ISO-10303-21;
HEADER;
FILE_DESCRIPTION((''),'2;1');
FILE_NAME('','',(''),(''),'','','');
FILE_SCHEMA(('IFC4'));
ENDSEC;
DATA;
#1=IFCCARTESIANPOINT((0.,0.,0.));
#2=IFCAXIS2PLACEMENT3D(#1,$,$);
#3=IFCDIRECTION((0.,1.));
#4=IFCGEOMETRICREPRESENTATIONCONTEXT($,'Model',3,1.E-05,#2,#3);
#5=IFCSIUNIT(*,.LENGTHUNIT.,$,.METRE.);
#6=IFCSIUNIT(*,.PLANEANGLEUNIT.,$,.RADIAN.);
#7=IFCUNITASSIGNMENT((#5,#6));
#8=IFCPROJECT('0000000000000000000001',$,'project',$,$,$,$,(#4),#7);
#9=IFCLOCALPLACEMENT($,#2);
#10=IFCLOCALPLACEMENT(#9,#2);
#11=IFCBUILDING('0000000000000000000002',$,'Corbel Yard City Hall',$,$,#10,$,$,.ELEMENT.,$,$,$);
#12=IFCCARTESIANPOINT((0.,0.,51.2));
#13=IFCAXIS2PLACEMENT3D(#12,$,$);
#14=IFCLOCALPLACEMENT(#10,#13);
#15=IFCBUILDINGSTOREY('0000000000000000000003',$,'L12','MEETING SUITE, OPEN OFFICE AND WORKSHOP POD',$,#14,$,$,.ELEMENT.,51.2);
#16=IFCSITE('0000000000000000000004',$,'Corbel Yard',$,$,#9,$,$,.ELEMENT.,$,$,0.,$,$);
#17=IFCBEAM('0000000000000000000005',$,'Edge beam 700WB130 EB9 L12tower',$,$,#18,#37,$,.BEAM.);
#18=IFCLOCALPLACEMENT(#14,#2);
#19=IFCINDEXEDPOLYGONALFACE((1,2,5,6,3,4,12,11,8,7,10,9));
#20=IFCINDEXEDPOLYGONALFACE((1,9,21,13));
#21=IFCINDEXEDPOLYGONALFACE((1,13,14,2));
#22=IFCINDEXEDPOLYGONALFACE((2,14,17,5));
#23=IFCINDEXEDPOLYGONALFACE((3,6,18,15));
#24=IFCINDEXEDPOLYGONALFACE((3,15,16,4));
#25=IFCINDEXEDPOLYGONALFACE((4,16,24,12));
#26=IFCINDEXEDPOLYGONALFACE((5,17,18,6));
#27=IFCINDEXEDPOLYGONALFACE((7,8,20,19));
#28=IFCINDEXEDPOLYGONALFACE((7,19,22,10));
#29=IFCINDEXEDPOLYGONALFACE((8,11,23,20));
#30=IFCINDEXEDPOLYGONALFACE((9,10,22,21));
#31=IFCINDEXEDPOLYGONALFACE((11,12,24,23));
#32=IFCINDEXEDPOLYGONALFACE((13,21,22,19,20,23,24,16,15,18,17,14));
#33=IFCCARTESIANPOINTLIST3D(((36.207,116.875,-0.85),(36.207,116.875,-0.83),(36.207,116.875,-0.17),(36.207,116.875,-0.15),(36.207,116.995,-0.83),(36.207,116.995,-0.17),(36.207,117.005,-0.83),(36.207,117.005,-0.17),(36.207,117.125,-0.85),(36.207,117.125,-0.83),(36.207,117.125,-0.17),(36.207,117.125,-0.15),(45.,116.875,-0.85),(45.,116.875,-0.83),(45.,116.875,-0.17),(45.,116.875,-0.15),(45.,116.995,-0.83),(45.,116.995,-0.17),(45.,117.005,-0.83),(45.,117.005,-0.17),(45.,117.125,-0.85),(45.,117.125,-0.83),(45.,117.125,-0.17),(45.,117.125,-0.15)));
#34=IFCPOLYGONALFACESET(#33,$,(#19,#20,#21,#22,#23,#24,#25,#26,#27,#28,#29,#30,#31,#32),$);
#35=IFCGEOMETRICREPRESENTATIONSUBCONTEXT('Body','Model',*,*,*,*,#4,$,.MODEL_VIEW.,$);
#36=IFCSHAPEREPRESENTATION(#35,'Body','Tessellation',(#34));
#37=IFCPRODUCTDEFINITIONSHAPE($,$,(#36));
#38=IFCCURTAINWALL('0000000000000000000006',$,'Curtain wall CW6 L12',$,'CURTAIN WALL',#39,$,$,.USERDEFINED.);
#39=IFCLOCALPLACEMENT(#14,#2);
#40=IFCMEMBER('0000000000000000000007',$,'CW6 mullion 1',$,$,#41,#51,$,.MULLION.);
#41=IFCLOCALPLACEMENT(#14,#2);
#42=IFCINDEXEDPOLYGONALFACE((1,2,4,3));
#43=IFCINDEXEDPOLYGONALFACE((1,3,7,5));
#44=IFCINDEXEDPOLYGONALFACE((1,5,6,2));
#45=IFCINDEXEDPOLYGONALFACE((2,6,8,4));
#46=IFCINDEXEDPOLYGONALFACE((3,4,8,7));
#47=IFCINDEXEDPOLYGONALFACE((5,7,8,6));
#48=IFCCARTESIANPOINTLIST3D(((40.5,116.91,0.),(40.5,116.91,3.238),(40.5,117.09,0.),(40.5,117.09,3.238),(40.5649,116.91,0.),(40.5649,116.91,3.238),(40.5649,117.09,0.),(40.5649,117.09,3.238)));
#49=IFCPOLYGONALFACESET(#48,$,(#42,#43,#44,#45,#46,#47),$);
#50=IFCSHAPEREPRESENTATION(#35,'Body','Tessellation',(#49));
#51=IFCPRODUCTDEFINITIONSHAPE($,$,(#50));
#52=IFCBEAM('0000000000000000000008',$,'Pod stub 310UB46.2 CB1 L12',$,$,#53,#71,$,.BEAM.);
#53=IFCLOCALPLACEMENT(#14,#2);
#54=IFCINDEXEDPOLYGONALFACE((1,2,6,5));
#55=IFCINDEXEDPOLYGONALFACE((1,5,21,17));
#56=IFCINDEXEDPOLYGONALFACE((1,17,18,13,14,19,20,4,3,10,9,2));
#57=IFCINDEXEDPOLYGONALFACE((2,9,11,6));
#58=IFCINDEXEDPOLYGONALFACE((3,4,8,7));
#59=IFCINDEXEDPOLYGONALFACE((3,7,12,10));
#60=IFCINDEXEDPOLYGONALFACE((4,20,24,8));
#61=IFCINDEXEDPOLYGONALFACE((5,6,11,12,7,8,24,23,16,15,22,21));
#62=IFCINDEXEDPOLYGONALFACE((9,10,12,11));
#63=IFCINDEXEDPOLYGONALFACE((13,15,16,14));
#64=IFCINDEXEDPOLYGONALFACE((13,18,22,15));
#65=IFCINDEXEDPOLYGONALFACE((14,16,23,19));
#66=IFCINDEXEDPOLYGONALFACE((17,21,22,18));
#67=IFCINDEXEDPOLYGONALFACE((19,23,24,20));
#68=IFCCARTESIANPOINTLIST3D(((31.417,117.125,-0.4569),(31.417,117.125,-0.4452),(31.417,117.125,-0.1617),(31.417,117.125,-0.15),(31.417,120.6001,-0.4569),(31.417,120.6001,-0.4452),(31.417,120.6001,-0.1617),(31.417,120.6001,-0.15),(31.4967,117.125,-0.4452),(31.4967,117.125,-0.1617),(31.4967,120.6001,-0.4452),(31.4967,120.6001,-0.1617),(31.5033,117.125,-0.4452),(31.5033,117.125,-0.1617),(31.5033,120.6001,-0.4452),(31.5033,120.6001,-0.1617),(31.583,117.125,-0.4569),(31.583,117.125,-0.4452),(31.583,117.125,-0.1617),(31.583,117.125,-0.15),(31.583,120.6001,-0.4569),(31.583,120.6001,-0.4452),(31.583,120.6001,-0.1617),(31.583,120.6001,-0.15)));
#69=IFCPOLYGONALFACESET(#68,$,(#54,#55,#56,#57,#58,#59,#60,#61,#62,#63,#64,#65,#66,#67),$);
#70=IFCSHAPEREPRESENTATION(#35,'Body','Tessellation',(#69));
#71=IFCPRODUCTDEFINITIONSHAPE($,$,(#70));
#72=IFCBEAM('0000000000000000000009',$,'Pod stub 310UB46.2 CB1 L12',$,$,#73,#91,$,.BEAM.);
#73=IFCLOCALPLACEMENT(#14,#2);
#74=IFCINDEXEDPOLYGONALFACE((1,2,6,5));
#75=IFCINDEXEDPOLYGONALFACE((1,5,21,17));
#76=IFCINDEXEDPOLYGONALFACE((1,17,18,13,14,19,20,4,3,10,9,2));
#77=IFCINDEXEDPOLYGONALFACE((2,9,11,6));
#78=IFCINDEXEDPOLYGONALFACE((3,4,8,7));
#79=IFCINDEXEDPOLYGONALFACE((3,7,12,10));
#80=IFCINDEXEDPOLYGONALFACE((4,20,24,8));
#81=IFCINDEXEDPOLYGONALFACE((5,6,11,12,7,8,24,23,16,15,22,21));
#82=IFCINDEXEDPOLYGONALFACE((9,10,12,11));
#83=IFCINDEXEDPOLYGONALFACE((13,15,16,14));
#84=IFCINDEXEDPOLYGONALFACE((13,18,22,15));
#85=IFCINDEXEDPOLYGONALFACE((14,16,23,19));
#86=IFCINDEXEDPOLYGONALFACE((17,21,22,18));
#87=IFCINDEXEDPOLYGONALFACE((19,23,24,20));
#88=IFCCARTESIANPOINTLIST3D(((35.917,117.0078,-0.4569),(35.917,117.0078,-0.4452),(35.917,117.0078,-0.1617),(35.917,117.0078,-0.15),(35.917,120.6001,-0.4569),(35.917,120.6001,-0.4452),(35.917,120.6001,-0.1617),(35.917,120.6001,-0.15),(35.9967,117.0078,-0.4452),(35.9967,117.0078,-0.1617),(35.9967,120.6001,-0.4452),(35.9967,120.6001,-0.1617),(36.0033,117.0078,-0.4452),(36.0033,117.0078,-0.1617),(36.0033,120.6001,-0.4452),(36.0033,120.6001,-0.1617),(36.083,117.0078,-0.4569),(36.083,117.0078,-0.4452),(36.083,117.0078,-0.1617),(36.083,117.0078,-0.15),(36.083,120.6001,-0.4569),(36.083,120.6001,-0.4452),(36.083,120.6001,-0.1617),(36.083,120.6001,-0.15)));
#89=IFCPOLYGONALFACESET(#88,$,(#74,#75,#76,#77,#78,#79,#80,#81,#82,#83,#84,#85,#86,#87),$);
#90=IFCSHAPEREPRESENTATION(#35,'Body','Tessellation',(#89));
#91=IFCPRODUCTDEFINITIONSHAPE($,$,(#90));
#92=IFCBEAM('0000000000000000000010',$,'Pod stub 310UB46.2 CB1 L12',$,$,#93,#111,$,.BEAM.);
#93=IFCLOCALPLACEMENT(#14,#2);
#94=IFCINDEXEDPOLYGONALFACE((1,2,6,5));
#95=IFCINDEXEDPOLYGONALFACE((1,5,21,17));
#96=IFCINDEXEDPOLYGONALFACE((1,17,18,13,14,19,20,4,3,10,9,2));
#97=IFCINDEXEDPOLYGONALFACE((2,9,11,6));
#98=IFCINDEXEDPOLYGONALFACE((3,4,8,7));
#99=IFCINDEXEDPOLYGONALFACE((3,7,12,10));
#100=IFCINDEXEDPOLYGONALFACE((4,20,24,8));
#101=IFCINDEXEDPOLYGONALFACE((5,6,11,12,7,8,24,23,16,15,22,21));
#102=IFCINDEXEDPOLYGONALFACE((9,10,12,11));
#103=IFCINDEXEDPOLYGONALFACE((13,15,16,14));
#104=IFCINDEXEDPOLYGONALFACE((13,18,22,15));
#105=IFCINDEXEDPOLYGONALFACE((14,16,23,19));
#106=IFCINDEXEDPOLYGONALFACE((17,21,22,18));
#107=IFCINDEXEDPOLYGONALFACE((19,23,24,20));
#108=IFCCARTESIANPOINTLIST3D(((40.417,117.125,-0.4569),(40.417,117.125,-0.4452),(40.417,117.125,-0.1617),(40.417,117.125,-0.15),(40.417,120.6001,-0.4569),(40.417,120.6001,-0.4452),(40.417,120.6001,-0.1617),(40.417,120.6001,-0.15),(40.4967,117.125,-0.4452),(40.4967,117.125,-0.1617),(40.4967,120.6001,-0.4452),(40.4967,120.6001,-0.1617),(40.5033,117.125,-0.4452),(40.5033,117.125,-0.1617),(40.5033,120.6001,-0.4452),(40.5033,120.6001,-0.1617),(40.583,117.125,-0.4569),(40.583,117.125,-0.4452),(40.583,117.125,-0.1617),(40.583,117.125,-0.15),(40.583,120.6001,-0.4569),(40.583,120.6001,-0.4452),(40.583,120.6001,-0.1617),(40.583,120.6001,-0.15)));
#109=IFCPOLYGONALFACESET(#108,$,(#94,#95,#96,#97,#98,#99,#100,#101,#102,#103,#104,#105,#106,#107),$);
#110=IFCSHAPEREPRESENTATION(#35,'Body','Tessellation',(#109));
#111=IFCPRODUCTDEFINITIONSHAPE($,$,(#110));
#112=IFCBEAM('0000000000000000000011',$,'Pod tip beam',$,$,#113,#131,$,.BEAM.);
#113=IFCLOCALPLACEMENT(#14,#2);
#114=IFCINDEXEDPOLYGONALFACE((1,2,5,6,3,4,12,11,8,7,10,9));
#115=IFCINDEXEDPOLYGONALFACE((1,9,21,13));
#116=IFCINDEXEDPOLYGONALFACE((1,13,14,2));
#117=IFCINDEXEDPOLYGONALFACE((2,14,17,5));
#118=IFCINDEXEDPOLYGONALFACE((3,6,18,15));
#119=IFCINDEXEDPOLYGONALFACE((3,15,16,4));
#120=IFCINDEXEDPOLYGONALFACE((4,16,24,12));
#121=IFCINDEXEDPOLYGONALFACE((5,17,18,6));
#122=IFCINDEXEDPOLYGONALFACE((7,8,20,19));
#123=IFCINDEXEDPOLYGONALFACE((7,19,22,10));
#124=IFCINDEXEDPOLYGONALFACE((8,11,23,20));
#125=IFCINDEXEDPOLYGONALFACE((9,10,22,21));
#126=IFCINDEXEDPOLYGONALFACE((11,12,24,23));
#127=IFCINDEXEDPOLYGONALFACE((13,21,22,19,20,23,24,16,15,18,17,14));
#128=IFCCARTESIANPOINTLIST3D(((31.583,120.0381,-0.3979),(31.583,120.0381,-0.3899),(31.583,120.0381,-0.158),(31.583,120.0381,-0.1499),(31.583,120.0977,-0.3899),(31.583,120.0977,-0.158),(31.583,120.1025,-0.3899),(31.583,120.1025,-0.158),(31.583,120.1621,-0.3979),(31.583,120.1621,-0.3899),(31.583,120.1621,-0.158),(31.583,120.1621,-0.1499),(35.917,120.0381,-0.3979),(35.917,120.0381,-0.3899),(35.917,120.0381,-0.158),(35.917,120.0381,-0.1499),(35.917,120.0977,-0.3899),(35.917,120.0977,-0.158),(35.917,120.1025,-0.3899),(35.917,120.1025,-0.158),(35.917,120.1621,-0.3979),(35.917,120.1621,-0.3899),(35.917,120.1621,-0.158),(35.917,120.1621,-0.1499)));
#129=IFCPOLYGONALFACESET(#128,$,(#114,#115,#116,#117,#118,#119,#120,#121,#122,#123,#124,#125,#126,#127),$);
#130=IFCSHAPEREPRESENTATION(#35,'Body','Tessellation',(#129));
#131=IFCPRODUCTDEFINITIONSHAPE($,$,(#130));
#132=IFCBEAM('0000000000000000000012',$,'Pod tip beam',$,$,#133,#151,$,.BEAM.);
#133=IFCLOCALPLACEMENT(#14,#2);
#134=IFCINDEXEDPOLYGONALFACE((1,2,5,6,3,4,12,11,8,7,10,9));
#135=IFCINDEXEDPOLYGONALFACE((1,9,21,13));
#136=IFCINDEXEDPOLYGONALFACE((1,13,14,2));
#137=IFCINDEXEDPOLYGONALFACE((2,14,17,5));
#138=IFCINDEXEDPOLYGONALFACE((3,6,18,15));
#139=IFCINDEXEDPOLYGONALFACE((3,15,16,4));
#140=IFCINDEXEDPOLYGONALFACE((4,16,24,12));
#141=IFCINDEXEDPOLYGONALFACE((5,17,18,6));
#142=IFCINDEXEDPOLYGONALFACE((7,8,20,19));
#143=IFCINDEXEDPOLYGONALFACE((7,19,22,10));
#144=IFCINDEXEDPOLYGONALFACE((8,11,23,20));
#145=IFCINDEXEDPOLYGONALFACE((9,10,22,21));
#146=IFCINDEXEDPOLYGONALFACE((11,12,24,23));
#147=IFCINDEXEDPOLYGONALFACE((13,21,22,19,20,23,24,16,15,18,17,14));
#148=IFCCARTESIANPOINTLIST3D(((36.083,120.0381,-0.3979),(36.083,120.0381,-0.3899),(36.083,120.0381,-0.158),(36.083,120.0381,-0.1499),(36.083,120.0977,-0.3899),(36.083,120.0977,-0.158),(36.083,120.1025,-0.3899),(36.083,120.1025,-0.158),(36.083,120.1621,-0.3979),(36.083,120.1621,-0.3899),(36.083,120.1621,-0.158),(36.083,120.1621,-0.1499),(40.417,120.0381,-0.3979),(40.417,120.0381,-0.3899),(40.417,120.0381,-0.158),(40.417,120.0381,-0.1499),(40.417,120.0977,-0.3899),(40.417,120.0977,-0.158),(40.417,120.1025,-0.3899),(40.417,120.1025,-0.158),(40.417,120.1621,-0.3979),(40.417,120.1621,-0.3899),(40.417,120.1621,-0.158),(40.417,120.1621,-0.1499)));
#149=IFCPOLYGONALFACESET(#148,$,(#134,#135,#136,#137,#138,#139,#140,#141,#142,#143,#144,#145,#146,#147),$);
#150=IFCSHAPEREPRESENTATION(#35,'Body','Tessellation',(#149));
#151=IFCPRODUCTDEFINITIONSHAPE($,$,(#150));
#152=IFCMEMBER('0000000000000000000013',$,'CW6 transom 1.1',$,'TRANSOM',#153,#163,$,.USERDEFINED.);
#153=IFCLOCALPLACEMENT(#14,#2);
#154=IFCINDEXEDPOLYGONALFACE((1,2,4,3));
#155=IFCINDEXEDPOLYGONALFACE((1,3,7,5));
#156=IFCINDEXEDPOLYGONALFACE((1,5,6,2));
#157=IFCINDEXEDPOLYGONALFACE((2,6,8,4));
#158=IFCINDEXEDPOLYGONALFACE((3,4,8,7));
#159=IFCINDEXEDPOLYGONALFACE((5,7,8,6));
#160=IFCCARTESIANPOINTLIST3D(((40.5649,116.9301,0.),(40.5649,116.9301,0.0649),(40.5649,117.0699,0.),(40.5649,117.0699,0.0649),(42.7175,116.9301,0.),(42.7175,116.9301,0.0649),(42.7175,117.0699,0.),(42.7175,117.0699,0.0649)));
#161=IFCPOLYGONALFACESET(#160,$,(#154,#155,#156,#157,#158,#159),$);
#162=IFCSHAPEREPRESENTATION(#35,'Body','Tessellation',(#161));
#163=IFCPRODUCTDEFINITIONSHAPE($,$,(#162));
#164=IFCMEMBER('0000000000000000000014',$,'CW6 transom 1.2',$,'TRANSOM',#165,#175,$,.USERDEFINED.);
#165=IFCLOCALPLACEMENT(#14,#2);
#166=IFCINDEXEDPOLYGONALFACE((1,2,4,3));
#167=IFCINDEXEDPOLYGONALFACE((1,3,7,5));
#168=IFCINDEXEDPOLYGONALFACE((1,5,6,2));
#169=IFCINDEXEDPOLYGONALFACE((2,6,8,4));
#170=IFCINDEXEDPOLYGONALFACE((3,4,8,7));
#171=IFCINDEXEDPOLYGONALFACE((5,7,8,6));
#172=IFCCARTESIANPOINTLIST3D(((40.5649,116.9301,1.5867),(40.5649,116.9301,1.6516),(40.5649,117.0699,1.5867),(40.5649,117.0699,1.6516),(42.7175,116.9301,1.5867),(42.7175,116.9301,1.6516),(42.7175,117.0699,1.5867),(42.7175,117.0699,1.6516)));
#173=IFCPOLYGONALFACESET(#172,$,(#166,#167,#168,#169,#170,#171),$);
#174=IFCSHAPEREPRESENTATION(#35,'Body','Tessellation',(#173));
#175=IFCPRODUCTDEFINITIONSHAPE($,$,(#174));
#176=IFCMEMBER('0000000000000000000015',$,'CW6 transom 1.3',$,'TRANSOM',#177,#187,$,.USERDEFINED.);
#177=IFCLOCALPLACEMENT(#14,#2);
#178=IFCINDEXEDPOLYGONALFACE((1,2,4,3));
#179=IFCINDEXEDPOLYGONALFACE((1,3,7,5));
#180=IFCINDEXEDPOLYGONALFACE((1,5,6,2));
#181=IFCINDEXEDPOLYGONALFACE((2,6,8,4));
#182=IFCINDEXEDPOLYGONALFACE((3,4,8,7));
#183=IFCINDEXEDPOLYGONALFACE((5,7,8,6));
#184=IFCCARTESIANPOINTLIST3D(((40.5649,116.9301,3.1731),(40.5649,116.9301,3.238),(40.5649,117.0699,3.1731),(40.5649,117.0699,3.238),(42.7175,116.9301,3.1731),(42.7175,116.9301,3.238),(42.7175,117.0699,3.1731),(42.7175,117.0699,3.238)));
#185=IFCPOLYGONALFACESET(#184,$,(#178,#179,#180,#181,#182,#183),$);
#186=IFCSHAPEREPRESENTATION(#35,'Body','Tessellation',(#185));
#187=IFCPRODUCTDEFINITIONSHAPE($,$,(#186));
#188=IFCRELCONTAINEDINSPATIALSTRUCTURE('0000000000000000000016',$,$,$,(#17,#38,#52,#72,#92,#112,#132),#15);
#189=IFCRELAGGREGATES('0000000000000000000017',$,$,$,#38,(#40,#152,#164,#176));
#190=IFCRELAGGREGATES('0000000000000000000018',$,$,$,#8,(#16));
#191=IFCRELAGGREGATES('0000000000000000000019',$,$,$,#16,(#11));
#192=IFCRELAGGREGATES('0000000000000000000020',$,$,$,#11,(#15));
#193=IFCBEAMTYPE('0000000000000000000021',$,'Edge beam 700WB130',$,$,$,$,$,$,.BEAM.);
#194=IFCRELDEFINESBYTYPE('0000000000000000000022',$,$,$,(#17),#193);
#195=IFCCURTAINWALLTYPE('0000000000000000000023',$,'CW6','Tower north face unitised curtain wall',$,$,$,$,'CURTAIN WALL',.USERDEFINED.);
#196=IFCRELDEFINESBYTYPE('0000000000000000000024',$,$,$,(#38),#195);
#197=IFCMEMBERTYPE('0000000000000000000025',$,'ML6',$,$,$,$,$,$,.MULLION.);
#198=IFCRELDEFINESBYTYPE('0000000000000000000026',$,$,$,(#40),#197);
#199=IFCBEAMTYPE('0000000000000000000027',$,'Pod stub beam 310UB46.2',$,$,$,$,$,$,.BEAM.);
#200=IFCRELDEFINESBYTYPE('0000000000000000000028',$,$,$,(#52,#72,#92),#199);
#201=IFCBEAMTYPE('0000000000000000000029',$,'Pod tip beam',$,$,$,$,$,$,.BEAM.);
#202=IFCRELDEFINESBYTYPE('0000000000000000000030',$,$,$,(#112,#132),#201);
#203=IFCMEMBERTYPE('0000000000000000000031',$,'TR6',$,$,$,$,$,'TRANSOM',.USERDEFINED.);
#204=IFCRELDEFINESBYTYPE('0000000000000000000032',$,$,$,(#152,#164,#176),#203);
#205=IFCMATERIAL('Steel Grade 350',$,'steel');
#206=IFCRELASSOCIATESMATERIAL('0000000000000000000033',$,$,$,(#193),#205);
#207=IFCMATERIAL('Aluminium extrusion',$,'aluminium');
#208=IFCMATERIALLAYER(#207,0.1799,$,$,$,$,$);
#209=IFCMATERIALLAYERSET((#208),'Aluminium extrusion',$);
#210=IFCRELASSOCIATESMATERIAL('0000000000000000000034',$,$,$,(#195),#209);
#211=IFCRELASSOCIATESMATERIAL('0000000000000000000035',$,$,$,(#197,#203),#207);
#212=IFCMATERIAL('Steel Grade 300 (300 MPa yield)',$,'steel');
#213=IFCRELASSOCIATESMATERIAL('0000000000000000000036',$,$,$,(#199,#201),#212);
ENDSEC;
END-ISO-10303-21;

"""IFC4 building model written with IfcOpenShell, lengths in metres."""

from ifc_helpers import new_model, si_unit, direction, frame, origin, origin_2d, place, context, subcontext, project, spatial, rectangle, i_section, extrude, material, layer, layer_set, material_profile, profile_set, type_object, element, aggregate, save


model = new_model("IFC4")

# Units and contexts
model_context = context("Model", 3, precision=1e-05, world=origin(), true_north=direction((0.0, 1.0)))
body_context = subcontext(model_context, "Body", "Model", "MODEL_VIEW")
ifc_project = project(units=[si_unit("LENGTHUNIT", "METRE"), si_unit("PLANEANGLEUNIT", "RADIAN")], contexts=[model_context])

# Site, building, storey
site_placement = place(None, origin())
site = spatial("IfcSite", under=ifc_project, at=site_placement, Name="Corbel Yard", CompositionType="ELEMENT", RefElevation=0.0)
building_placement = place(site_placement, origin())
building = spatial("IfcBuilding", under=site, at=building_placement, Name="Corbel Yard City Hall", CompositionType="ELEMENT")
storey_placement = place(building_placement, frame((0.0, 0.0, 51.2)))
storey = spatial("IfcBuildingStorey", under=building, at=storey_placement, Name="L12", Description="MEETING SUITE, OPEN OFFICE AND WORKSHOP POD", CompositionType="ELEMENT", Elevation=51.2)

# Beam
ifc_material_1 = material(Name="Steel Grade 350", Category="steel")
ifc_material_profile_1 = material_profile(ifc_material_1, i_section(OverallWidth=0.25, OverallDepth=0.7, WebThickness=0.01, FlangeThickness=0.02, at=origin_2d()), Name="700WB130")
ifc_profile_set_1 = profile_set([ifc_material_profile_1], Name="Steel Grade 350")
beam_type_1 = type_object("IfcBeamType", Name="Edge beam 700WB130", PredefinedType="BEAM", material=ifc_profile_set_1)
beam_1_placement = place(storey_placement, frame((36.207, 117.0, -0.5), z_axis=(1.0, 0.0, 0.0), x_axis=(0.0, 1.0, 0.0)))
element("IfcBeam", 1, at=beam_1_placement, inside=storey, type_object=beam_type_1, Name="Edge beam 700WB130 EB9 L12tower", PredefinedType="BEAM", context=body_context, shape_type="SweptSolid", body=[
    extrude(i_section(OverallWidth=0.25, OverallDepth=0.7, WebThickness=0.01, FlangeThickness=0.02, at=origin_2d()), origin(), (0.0, 0.0, 1.0), 8.793),
])

# Curtain wall, member
ifc_material_2 = material(Name="Aluminium extrusion", Category="aluminium")
ifc_layer_1 = layer(ifc_material_2, 0.1799)
ifc_layer_set_1 = layer_set([ifc_layer_1], Name="Aluminium extrusion")
curtain_wall_type = type_object("IfcCurtainWallType", Name="CW6", Description="Tower north face unitised curtain wall", ElementType="CURTAIN WALL", PredefinedType="USERDEFINED", material=ifc_layer_set_1)
curtain_wall_placement = place(storey_placement, origin())
curtain_wall = element("IfcCurtainWall", 2, at=curtain_wall_placement, inside=storey, type_object=curtain_wall_type, Name="Curtain wall CW6 L12", ObjectType="CURTAIN WALL", PredefinedType="USERDEFINED")
ifc_material_profile_2 = material_profile(ifc_material_2, rectangle(XDim=0.1799, YDim=0.0649, at=origin_2d()), Name="180x65")
ifc_profile_set_2 = profile_set([ifc_material_profile_2], Name="Aluminium extrusion")
member_type_1 = type_object("IfcMemberType", Name="ML6", PredefinedType="MULLION", material=ifc_profile_set_2)
member_1_placement = place(storey_placement, frame((40.5325, 117.0, 0.0), z_axis=(0.0, 0.0, 1.0), x_axis=(0.0, 1.0, 0.0)))
member_1 = element("IfcMember", 3, at=member_1_placement, type_object=member_type_1, Name="CW6 mullion 1", PredefinedType="MULLION", context=body_context, shape_type="SweptSolid", body=[
    extrude(rectangle(XDim=0.1799, YDim=0.0649, at=origin_2d()), origin(), (0.0, 0.0, 1.0), 3.238),
])

# Beams
ifc_material_3 = material(Name="Steel Grade 300 (300 MPa yield)", Category="steel")
ifc_material_profile_3 = material_profile(ifc_material_3, i_section(OverallWidth=0.166, OverallDepth=0.3069, WebThickness=0.0066, FlangeThickness=0.0117, at=origin_2d()), Name="310UB46.2")
ifc_profile_set_3 = profile_set([ifc_material_profile_3], Name="Steel Grade 300 (300 MPa yield)")
beam_type_2 = type_object("IfcBeamType", Name="Pod stub beam 310UB46.2", PredefinedType="BEAM", material=ifc_profile_set_3)
beam_2_placement = place(storey_placement, frame((31.5, 117.125, -0.3035), z_axis=(0.0, 1.0, 0.0), x_axis=(-1.0, 0.0, 0.0)))
element("IfcBeam", 4, at=beam_2_placement, inside=storey, type_object=beam_type_2, Name="Pod stub 310UB46.2 CB1 L12", PredefinedType="BEAM", context=body_context, shape_type="SweptSolid", body=[
    extrude(i_section(OverallWidth=0.166, OverallDepth=0.3069, WebThickness=0.0066, FlangeThickness=0.0117, at=origin_2d()), origin(), (0.0, 0.0, 1.0), 3.4751),
])
beam_3_placement = place(storey_placement, frame((36.0, 117.0078, -0.3035), z_axis=(0.0, 1.0, 0.0), x_axis=(-1.0, 0.0, 0.0)))
element("IfcBeam", 5, at=beam_3_placement, inside=storey, type_object=beam_type_2, Name="Pod stub 310UB46.2 CB1 L12", PredefinedType="BEAM", context=body_context, shape_type="SweptSolid", body=[
    extrude(i_section(OverallWidth=0.166, OverallDepth=0.3069, WebThickness=0.0066, FlangeThickness=0.0117, at=origin_2d()), origin(), (0.0, 0.0, 1.0), 3.5923),
])
beam_4_placement = place(storey_placement, frame((40.5, 117.125, -0.3035), z_axis=(0.0, 1.0, 0.0), x_axis=(-1.0, 0.0, 0.0)))
element("IfcBeam", 6, at=beam_4_placement, inside=storey, type_object=beam_type_2, Name="Pod stub 310UB46.2 CB1 L12", PredefinedType="BEAM", context=body_context, shape_type="SweptSolid", body=[
    extrude(i_section(OverallWidth=0.166, OverallDepth=0.3069, WebThickness=0.0066, FlangeThickness=0.0117, at=origin_2d()), origin(), (0.0, 0.0, 1.0), 3.4751),
])
ifc_material_profile_4 = material_profile(ifc_material_3, i_section(OverallWidth=0.124, OverallDepth=0.248, WebThickness=0.0049, FlangeThickness=0.0081, at=origin_2d()), Name="250UB25.7")
ifc_profile_set_4 = profile_set([ifc_material_profile_4], Name="Steel Grade 300 (300 MPa yield)")
beam_type_3 = type_object("IfcBeamType", Name="Pod tip beam", PredefinedType="BEAM", material=ifc_profile_set_4)
for number, where, z_axis, x_axis, name in (
    (7, (31.583, 120.1001, -0.2739), (1.0, 0.0, 0.0), (0.0, 1.0, 0.0), "Pod tip beam"),
    (8, (36.083, 120.1001, -0.2739), (1.0, 0.0, 0.0), (0.0, 1.0, 0.0), "Pod tip beam"),
):
    element("IfcBeam", number, at=place(storey_placement, frame(where, z_axis=z_axis, x_axis=x_axis)), inside=storey, type_object=beam_type_3, Name=name, PredefinedType="BEAM", context=body_context, shape_type="SweptSolid", body=[
        extrude(i_section(OverallWidth=0.124, OverallDepth=0.248, WebThickness=0.0049, FlangeThickness=0.0081, at=origin_2d()), origin(), (0.0, 0.0, 1.0), 4.334),
    ])

# Members
ifc_material_profile_5 = material_profile(ifc_material_2, rectangle(XDim=0.1399, YDim=0.0649, at=origin_2d()), Name="140x65")
ifc_profile_set_5 = profile_set([ifc_material_profile_5], Name="Aluminium extrusion")
member_type_2 = type_object("IfcMemberType", Name="TR6", ElementType="TRANSOM", PredefinedType="USERDEFINED", material=ifc_profile_set_5)
member_2_placement = place(storey_placement, frame((40.5649, 117.0, 0.0325), z_axis=(1.0, 0.0, 0.0), x_axis=(0.0, 1.0, 0.0)))
member_2 = element("IfcMember", 9, at=member_2_placement, type_object=member_type_2, Name="CW6 transom 1.1", ObjectType="TRANSOM", PredefinedType="USERDEFINED", context=body_context, shape_type="SweptSolid", body=[
    extrude(rectangle(XDim=0.1399, YDim=0.0649, at=origin_2d()), origin(), (0.0, 0.0, 1.0), 2.1526),
])
member_3_placement = place(storey_placement, frame((40.5649, 117.0, 1.6191), z_axis=(1.0, 0.0, 0.0), x_axis=(0.0, 1.0, 0.0)))
member_3 = element("IfcMember", 10, at=member_3_placement, type_object=member_type_2, Name="CW6 transom 1.2", ObjectType="TRANSOM", PredefinedType="USERDEFINED", context=body_context, shape_type="SweptSolid", body=[
    extrude(rectangle(XDim=0.1399, YDim=0.0649, at=origin_2d()), origin(), (0.0, 0.0, 1.0), 2.1526),
])
member_4_placement = place(storey_placement, frame((40.5649, 117.0, 3.2056), z_axis=(1.0, 0.0, 0.0), x_axis=(0.0, 1.0, 0.0)))
member_4 = element("IfcMember", 11, at=member_4_placement, type_object=member_type_2, Name="CW6 transom 1.3", ObjectType="TRANSOM", PredefinedType="USERDEFINED", context=body_context, shape_type="SweptSolid", body=[
    extrude(rectangle(XDim=0.1399, YDim=0.0649, at=origin_2d()), origin(), (0.0, 0.0, 1.0), 2.1526),
])

aggregate(curtain_wall, [member_1, member_2, member_3, member_4])

save(model, "model.ifc")
